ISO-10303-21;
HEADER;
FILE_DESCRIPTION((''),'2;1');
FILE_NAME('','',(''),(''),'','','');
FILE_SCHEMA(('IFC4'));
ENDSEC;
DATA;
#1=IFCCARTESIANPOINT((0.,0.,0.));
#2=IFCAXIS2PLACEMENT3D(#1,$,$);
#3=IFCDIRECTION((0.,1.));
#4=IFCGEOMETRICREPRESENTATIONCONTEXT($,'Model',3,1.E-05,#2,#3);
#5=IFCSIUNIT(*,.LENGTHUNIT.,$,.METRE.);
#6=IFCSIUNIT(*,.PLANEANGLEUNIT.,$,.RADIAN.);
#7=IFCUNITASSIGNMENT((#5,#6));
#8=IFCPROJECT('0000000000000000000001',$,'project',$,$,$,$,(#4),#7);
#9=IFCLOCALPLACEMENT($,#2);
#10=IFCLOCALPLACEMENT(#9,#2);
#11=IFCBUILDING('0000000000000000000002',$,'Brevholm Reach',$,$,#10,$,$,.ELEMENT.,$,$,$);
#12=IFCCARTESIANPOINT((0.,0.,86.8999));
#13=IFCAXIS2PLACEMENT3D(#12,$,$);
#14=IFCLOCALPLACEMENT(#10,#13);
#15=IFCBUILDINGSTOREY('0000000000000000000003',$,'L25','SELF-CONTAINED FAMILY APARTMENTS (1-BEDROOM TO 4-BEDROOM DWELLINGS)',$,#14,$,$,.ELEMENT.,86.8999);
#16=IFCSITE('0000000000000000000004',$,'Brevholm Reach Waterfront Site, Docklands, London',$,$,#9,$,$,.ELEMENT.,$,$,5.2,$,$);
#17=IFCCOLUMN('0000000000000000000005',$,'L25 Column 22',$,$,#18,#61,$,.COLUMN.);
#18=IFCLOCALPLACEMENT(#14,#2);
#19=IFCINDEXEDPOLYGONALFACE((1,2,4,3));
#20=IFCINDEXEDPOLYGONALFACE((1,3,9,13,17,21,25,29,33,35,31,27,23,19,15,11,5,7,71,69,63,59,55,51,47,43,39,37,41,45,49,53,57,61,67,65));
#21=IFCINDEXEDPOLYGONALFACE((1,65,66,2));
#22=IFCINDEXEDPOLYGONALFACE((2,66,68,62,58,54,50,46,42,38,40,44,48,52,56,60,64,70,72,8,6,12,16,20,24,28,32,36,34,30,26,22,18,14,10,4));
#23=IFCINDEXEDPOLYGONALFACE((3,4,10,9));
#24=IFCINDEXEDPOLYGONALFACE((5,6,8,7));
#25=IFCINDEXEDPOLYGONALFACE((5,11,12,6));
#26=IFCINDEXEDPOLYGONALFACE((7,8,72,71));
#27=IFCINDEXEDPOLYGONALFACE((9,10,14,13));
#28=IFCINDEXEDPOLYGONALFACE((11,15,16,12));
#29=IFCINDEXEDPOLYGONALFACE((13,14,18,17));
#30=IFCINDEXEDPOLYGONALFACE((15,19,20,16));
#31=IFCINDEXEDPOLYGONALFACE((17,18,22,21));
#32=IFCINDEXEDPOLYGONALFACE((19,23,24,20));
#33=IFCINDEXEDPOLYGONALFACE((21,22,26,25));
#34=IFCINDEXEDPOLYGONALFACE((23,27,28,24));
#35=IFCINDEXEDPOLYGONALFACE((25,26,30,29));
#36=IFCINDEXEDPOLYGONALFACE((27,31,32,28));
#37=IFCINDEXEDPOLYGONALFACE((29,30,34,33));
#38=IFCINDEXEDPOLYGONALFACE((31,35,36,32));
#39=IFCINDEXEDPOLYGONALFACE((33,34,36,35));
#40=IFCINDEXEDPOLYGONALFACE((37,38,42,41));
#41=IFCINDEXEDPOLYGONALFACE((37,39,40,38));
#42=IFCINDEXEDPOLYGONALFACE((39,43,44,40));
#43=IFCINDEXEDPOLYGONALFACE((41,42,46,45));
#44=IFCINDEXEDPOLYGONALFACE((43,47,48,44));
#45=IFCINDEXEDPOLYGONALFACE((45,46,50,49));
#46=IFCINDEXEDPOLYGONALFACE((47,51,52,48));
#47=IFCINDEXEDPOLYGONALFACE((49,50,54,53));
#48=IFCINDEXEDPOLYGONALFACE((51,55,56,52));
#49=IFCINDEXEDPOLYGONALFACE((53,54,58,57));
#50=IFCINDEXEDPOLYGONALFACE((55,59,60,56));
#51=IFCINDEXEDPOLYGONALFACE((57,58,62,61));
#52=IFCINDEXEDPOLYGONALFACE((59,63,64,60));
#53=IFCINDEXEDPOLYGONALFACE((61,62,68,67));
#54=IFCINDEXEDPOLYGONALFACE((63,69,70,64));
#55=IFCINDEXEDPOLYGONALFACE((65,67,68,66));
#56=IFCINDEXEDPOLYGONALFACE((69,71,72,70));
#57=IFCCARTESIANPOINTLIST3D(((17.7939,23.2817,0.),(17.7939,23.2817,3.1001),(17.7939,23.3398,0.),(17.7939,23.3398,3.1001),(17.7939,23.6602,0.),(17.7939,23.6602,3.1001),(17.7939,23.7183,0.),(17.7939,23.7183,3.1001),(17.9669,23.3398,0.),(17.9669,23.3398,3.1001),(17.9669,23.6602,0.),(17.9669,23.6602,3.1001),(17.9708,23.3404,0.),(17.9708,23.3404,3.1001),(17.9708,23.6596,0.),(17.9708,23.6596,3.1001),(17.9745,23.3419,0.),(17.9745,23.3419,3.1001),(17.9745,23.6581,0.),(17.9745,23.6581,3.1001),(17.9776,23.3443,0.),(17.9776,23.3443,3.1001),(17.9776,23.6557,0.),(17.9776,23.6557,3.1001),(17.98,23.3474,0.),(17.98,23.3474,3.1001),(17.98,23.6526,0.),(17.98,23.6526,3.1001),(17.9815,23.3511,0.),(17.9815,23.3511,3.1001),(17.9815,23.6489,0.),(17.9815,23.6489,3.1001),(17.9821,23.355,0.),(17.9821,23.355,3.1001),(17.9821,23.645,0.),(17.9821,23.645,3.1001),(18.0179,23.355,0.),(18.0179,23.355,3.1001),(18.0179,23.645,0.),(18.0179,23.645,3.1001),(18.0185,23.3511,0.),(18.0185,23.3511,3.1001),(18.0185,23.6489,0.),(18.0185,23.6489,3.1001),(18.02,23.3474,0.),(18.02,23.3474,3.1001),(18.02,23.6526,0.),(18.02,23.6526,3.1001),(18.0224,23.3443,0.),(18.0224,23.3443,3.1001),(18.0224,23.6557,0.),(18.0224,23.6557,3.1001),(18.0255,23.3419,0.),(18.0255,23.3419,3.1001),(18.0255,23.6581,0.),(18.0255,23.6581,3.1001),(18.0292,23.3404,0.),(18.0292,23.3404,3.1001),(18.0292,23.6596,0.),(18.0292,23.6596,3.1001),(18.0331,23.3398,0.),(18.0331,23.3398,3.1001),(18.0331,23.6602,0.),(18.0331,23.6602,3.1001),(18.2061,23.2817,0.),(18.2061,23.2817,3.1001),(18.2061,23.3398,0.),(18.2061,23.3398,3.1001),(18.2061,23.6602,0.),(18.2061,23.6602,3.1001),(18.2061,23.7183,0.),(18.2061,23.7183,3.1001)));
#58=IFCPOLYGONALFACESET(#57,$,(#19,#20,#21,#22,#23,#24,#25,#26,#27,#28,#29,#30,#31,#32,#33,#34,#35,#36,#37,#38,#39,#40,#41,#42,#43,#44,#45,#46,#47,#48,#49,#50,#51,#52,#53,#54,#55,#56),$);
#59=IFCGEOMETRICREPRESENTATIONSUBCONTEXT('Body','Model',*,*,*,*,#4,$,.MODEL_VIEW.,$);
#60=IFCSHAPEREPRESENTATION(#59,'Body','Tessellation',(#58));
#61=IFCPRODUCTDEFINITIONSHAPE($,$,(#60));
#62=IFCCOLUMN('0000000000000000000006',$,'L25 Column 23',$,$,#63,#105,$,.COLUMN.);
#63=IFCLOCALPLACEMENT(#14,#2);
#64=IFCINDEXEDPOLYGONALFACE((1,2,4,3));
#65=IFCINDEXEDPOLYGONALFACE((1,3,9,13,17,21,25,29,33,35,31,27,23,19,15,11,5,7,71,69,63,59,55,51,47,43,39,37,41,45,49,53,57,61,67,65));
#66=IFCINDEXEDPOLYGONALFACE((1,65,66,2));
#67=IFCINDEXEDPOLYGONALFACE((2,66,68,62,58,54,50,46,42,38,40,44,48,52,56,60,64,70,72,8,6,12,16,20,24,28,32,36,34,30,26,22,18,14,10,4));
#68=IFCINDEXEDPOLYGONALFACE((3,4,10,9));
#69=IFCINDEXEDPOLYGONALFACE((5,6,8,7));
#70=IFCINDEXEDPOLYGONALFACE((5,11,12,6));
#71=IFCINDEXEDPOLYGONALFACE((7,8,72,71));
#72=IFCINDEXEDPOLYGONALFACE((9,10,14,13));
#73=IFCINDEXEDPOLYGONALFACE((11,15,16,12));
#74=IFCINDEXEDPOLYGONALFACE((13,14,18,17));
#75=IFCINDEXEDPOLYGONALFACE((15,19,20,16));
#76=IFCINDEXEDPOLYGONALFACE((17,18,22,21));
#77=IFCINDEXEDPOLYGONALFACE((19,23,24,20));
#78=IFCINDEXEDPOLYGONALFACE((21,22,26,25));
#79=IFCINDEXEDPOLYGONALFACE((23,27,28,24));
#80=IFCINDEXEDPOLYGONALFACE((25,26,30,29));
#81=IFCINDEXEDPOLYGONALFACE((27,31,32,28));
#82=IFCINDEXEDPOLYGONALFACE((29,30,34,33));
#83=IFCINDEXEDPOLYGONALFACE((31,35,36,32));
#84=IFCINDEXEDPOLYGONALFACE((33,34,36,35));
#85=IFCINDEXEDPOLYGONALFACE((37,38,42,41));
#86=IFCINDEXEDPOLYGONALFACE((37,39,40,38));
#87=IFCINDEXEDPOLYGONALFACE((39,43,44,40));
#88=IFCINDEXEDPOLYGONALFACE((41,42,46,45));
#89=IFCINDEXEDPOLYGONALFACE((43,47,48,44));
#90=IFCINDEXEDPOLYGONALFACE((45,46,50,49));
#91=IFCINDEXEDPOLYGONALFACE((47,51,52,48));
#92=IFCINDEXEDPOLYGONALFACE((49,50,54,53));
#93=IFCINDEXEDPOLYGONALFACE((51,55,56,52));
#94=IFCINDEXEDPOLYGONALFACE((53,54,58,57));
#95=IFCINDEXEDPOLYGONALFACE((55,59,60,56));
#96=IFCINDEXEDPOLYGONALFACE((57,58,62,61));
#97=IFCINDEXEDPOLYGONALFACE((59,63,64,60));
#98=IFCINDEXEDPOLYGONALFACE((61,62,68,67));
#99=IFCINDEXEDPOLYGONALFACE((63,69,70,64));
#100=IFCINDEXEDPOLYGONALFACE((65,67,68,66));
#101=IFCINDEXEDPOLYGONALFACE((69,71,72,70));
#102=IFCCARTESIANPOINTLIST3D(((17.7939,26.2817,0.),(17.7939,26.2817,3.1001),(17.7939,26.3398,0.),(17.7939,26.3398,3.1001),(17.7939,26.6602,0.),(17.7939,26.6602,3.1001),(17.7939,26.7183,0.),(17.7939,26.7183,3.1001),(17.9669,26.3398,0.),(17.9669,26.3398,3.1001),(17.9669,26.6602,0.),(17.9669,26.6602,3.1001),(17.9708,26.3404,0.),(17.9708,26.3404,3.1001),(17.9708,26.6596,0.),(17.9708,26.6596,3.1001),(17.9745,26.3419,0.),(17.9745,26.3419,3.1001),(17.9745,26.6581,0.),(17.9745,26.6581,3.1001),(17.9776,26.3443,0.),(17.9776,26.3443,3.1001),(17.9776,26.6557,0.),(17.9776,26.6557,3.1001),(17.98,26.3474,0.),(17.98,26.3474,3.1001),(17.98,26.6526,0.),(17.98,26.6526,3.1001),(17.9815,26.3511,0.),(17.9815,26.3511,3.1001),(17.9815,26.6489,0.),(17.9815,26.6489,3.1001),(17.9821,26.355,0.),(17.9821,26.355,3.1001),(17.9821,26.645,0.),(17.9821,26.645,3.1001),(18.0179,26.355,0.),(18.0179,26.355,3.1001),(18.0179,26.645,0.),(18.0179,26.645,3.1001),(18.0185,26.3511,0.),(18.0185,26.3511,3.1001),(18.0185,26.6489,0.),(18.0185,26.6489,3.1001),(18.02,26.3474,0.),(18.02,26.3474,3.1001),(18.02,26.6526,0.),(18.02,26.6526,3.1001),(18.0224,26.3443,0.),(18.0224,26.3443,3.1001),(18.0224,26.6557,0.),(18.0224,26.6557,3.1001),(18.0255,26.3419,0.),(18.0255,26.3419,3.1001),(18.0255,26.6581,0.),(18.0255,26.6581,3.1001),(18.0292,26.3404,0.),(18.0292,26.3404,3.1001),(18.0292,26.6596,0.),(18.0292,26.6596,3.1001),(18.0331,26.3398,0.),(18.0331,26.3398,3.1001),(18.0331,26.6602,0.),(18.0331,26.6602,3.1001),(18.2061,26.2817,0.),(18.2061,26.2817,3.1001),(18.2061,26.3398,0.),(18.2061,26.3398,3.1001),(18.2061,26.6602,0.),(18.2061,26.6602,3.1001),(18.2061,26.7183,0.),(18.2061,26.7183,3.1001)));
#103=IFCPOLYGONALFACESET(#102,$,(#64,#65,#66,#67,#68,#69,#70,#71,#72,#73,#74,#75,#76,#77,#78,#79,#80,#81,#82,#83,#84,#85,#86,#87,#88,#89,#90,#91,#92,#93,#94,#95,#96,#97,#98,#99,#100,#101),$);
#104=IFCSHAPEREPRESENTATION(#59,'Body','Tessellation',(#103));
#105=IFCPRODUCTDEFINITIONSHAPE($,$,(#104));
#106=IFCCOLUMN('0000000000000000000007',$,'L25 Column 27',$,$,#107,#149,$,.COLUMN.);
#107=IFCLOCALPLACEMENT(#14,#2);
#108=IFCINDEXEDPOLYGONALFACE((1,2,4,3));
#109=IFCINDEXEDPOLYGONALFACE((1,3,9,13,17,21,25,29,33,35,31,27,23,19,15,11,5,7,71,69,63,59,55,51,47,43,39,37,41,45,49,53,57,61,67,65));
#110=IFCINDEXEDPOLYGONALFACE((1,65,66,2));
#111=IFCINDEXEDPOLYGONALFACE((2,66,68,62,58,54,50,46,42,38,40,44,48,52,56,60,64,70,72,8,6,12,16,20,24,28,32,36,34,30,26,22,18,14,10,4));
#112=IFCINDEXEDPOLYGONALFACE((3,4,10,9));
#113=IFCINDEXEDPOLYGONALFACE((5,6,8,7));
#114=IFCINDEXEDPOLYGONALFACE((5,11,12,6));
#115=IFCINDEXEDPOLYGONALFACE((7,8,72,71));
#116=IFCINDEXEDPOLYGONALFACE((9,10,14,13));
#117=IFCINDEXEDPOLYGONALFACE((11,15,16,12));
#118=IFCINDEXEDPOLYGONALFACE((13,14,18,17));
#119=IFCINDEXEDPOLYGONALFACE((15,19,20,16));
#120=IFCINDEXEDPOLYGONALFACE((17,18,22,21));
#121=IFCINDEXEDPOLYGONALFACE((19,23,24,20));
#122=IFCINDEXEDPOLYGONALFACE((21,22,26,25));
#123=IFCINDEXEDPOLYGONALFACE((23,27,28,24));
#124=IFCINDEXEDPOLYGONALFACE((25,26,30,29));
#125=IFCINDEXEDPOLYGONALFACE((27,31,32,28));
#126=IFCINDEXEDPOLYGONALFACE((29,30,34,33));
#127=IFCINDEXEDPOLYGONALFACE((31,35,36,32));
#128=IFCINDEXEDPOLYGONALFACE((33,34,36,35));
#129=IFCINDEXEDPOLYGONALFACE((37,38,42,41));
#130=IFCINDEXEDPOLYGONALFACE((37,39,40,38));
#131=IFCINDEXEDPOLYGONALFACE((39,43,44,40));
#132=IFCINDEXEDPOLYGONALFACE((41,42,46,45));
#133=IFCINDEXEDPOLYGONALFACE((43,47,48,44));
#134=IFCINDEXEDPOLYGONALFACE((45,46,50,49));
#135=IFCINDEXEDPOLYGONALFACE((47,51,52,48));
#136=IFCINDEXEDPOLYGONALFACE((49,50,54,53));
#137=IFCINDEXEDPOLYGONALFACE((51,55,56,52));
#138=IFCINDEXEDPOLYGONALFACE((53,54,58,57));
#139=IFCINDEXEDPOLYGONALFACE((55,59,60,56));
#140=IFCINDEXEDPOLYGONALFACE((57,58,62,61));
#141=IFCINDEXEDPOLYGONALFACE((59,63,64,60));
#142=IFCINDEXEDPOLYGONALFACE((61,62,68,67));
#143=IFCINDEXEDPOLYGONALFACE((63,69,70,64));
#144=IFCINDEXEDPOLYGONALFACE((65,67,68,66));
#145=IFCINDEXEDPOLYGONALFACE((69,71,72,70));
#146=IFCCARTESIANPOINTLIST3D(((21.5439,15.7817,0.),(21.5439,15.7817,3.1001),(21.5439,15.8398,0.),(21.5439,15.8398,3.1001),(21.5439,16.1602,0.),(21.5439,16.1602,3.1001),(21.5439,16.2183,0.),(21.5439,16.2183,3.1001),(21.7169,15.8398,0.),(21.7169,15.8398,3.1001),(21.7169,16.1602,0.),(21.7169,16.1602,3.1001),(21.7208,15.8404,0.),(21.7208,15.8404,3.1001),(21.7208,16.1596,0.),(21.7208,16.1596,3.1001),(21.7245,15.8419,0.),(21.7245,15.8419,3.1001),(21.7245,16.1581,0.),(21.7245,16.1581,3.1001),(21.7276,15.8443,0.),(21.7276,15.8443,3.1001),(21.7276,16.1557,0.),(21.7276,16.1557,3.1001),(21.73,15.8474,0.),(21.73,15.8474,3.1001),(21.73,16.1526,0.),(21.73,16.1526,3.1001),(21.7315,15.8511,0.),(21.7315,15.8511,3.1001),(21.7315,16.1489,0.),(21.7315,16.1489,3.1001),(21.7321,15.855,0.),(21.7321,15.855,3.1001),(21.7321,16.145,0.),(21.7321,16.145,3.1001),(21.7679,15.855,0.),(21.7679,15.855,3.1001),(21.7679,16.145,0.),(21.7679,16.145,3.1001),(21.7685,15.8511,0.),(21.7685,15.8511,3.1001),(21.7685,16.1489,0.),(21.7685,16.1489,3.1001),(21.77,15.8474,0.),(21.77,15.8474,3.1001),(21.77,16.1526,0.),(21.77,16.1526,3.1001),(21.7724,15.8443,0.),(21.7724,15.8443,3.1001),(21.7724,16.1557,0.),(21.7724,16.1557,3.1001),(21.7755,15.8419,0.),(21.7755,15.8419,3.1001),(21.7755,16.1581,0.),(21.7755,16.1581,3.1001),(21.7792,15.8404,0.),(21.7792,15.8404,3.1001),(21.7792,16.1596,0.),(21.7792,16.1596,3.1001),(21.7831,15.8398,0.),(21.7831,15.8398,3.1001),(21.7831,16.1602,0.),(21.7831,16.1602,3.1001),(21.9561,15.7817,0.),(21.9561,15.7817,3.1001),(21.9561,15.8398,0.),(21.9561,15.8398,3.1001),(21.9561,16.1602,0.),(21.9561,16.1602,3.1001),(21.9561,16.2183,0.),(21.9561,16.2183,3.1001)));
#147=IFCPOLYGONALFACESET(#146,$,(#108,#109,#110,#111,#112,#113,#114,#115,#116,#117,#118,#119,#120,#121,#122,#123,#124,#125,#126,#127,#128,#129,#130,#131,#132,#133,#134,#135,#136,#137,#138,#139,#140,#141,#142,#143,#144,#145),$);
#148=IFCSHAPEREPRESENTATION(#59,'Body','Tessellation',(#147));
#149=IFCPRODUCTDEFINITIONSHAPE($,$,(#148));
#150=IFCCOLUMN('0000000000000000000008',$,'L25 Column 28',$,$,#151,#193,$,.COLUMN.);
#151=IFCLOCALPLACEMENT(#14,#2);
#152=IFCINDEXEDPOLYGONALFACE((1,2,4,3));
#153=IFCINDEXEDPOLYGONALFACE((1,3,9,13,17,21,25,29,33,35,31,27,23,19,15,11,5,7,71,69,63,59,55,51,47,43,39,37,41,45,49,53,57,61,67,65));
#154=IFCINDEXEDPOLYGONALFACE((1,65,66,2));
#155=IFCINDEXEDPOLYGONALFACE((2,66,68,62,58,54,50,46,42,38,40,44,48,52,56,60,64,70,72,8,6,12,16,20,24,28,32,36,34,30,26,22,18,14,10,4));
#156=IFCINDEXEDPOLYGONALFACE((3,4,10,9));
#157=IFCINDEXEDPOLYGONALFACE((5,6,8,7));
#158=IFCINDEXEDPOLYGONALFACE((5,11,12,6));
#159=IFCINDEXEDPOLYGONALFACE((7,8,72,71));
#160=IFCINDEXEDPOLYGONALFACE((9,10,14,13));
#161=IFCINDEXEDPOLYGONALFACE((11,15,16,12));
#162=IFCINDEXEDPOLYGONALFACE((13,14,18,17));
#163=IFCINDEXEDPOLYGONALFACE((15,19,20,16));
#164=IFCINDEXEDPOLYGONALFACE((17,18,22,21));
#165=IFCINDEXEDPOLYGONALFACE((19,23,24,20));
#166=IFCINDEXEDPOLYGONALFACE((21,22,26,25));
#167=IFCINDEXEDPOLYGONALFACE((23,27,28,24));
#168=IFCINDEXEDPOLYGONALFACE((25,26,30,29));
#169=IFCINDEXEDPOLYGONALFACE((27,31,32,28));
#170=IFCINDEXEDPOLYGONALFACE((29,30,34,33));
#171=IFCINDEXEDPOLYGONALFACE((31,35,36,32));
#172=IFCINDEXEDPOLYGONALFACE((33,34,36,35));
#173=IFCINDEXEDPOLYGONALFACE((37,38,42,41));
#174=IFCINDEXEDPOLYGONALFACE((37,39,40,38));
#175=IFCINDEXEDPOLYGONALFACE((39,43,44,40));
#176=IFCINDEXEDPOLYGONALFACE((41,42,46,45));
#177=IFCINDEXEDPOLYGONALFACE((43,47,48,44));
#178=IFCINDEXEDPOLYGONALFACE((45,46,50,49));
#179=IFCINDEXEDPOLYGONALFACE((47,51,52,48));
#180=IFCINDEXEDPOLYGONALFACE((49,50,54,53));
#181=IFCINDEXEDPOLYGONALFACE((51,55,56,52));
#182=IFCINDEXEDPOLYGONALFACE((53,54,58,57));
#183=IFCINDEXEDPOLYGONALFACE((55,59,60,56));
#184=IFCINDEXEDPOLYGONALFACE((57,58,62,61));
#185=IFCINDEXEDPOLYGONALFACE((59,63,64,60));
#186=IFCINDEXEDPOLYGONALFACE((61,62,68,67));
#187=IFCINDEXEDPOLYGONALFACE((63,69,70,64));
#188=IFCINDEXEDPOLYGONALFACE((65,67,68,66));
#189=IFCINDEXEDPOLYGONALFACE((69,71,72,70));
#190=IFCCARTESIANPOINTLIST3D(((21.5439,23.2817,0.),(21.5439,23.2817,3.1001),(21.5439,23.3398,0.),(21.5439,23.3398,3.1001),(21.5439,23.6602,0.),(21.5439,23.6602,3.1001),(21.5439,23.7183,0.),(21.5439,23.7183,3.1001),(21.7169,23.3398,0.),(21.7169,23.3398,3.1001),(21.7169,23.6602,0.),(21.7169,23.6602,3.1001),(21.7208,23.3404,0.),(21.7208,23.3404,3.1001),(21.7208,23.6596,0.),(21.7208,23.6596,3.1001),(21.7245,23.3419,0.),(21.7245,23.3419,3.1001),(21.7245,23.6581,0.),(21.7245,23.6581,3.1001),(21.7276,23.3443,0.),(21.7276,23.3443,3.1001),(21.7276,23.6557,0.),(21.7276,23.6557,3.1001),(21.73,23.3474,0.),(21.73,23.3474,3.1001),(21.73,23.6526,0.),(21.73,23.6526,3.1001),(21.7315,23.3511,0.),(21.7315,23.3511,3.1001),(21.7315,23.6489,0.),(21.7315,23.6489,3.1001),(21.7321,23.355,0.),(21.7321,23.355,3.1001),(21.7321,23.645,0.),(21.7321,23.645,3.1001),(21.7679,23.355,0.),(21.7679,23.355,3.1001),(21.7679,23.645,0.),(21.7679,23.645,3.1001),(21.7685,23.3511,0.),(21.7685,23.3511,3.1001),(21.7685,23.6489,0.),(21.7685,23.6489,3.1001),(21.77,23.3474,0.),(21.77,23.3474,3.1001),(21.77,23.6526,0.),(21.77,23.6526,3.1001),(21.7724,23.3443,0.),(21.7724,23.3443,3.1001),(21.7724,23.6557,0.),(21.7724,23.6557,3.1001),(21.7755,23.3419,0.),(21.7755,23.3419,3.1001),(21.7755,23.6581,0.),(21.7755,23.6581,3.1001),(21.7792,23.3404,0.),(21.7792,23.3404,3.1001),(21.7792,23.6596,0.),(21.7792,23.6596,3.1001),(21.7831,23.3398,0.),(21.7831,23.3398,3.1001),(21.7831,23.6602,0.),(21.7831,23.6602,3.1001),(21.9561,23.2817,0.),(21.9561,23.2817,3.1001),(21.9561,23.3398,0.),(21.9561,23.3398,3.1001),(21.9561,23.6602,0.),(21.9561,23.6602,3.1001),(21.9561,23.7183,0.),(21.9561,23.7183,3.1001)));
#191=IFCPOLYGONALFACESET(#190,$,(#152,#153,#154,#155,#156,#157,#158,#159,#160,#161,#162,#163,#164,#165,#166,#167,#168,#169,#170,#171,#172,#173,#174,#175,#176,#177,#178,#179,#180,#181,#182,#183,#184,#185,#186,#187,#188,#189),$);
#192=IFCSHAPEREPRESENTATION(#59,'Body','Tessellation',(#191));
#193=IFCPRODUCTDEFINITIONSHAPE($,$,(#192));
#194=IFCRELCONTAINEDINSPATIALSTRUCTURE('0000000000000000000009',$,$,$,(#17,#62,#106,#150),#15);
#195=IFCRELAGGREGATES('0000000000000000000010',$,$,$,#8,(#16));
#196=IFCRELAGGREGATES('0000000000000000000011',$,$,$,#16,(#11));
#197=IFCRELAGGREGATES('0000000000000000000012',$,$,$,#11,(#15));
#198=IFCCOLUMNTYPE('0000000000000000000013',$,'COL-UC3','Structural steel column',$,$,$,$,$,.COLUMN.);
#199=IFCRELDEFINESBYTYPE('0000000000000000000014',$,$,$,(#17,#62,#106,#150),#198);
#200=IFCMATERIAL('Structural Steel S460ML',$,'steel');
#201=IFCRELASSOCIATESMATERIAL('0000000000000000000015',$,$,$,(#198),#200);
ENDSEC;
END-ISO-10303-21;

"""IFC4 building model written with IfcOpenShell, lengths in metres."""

from ifc_helpers import new_model, si_unit, direction, frame, origin, origin_2d, place, context, subcontext, project, spatial, i_section, extrude, material, material_profile, profile_set, type_object, element, save


model = new_model("IFC4")

# Units and contexts
model_context = context("Model", 3, precision=1e-05, world=origin(), true_north=direction((0.0, 1.0)))
body_context = subcontext(model_context, "Body", "Model", "MODEL_VIEW")
ifc_project = project(units=[si_unit("LENGTHUNIT", "METRE"), si_unit("PLANEANGLEUNIT", "RADIAN")], contexts=[model_context])

# Site, building, storey
site_placement = place(None, origin())
site = spatial("IfcSite", under=ifc_project, at=site_placement, Name="Brevholm Reach Waterfront Site, Docklands, London", CompositionType="ELEMENT", RefElevation=5.2)
building_placement = place(site_placement, origin())
building = spatial("IfcBuilding", under=site, at=building_placement, Name="Brevholm Reach", CompositionType="ELEMENT")
storey_placement = place(building_placement, frame((0.0, 0.0, 86.8999)))
storey = spatial("IfcBuildingStorey", under=building, at=storey_placement, Name="L25", Description="SELF-CONTAINED FAMILY APARTMENTS (1-BEDROOM TO 4-BEDROOM DWELLINGS)", CompositionType="ELEMENT", Elevation=86.8999)

# Columns
ifc_material_1 = material(Name="Structural Steel S460ML", Category="steel")
ifc_material_profile_1 = material_profile(ifc_material_1, i_section(OverallWidth=0.4121, OverallDepth=0.4365, WebThickness=0.0359, FlangeThickness=0.0581, FilletRadius=0.0151, at=origin_2d()), Name="UKC 356x406x467")
ifc_profile_set_1 = profile_set([ifc_material_profile_1], Name="Structural Steel S460ML")
column_type_1 = type_object("IfcColumnType", Name="COL-UC3", Description="Structural steel column", PredefinedType="COLUMN", material=ifc_profile_set_1)
for number, where, z_axis, x_axis, name in (
    (1, (18.0, 23.5, 0.0), (0.0, 0.0, 1.0), (1.0, 0.0, 0.0), "L25 Column 22"),
    (2, (18.0, 26.5, 0.0), (0.0, 0.0, 1.0), (1.0, 0.0, 0.0), "L25 Column 23"),
    (3, (21.75, 16.0, 0.0), (0.0, 0.0, 1.0), (1.0, 0.0, 0.0), "L25 Column 27"),
    (4, (21.75, 23.5, 0.0), (0.0, 0.0, 1.0), (1.0, 0.0, 0.0), "L25 Column 28"),
):
    element("IfcColumn", number, at=place(storey_placement, frame(where, z_axis=z_axis, x_axis=x_axis)), inside=storey, type_object=column_type_1, Name=name, PredefinedType="COLUMN", context=body_context, shape_type="SweptSolid", body=[
        extrude(i_section(OverallWidth=0.4121, OverallDepth=0.4365, WebThickness=0.0359, FlangeThickness=0.0581, FilletRadius=0.0151, at=origin_2d()), origin(), (0.0, 0.0, 1.0), 3.1001),
    ])

save(model, "model.ifc")
